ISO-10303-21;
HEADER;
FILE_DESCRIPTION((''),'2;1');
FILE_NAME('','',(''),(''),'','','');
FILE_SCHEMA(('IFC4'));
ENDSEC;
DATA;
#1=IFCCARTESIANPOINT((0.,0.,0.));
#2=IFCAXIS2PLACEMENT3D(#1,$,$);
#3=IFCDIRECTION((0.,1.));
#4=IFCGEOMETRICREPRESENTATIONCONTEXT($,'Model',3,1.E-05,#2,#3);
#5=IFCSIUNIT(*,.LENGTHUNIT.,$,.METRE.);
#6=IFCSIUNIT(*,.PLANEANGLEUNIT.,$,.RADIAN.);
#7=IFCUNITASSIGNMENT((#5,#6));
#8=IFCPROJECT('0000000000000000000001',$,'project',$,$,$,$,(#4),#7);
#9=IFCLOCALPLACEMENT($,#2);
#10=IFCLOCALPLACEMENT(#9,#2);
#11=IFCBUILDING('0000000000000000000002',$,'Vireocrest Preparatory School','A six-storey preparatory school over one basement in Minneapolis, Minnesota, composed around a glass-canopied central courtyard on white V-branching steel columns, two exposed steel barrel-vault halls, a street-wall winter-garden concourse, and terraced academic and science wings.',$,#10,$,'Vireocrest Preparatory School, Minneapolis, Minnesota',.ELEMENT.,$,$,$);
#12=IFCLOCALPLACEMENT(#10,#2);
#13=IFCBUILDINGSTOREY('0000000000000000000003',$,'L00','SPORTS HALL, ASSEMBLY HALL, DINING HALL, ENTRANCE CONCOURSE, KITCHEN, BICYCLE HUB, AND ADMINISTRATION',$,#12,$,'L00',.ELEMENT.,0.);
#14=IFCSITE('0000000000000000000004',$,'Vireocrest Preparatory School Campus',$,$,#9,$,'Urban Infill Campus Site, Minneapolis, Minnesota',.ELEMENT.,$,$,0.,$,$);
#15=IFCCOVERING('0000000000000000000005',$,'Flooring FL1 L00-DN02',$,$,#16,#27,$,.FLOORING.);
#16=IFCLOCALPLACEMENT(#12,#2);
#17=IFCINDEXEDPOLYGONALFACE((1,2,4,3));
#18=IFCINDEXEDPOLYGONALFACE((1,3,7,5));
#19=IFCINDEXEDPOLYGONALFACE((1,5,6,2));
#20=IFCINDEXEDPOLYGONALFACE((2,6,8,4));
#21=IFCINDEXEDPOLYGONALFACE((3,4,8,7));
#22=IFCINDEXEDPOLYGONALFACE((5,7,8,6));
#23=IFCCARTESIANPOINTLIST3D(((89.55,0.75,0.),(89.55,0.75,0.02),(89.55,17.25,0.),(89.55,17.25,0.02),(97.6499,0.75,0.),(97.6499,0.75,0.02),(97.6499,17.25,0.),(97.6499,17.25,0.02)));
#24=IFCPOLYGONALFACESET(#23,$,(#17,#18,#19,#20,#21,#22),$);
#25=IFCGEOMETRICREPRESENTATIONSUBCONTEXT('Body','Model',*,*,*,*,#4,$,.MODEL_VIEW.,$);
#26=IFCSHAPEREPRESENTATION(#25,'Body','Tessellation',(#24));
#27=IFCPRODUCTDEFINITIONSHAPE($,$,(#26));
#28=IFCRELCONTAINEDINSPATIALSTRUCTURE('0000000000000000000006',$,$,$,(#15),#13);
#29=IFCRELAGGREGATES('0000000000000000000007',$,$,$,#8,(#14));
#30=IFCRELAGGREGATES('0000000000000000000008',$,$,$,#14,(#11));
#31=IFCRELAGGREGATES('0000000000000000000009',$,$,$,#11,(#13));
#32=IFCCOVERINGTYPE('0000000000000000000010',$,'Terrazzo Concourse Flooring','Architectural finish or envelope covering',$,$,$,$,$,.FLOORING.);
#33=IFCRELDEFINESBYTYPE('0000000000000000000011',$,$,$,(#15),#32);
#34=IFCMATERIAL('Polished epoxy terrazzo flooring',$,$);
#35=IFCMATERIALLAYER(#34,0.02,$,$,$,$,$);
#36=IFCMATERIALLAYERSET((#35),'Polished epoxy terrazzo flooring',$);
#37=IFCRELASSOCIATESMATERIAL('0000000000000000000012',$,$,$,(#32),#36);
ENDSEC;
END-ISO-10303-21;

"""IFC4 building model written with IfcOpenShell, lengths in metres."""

from ifc_helpers import new_model, si_unit, direction, origin, place, context, subcontext, project, spatial, polyline, outline, extrude, material, layer, layer_set, type_object, element, save


model = new_model("IFC4")

# Units and contexts
model_context = context("Model", 3, precision=1e-05, world=origin(), true_north=direction((0.0, 1.0)))
body_context = subcontext(model_context, "Body", "Model", "MODEL_VIEW")
ifc_project = project(units=[si_unit("LENGTHUNIT", "METRE"), si_unit("PLANEANGLEUNIT", "RADIAN")], contexts=[model_context])

# Site, building, storey
site_placement = place(None, origin())
site = spatial("IfcSite", under=ifc_project, at=site_placement, Name="Vireocrest Preparatory School Campus", LongName="Urban Infill Campus Site, Minneapolis, Minnesota", CompositionType="ELEMENT", RefElevation=0.0)
building_placement = place(site_placement, origin())
building = spatial("IfcBuilding", under=site, at=building_placement, Name="Vireocrest Preparatory School", Description="A six-storey preparatory school over one basement in Minneapolis, Minnesota, composed around a glass-canopied central courtyard on white V-branching steel columns, two exposed steel barrel-vault halls, a street-wall winter-garden concourse, and terraced academic and science wings.", LongName="Vireocrest Preparatory School, Minneapolis, Minnesota", CompositionType="ELEMENT")
storey_placement = place(building_placement, origin())
storey = spatial("IfcBuildingStorey", under=building, at=storey_placement, Name="L00", Description="SPORTS HALL, ASSEMBLY HALL, DINING HALL, ENTRANCE CONCOURSE, KITCHEN, BICYCLE HUB, AND ADMINISTRATION", LongName="L00", CompositionType="ELEMENT", Elevation=0.0)

# Covering
ifc_material_1 = material(Name="Polished epoxy terrazzo flooring")
ifc_layer_1 = layer(ifc_material_1, 0.02)
ifc_layer_set_1 = layer_set([ifc_layer_1], Name="Polished epoxy terrazzo flooring")
covering_type_1 = type_object("IfcCoveringType", Name="Terrazzo Concourse Flooring", Description="Architectural finish or envelope covering", PredefinedType="FLOORING", material=ifc_layer_set_1)
covering_1_placement = place(storey_placement, origin())
element("IfcCovering", 1, at=covering_1_placement, inside=storey, type_object=covering_type_1, Name="Flooring FL1 L00-DN02", PredefinedType="FLOORING", context=body_context, shape_type="SweptSolid", body=[
    extrude(outline(polyline([(89.55, 0.75), (97.6499, 0.75), (97.6499, 17.25), (89.55, 17.25), (89.55, 0.75)])), origin(), (0.0, 0.0, 1.0), 0.02),
])

save(model, "model.ifc")
